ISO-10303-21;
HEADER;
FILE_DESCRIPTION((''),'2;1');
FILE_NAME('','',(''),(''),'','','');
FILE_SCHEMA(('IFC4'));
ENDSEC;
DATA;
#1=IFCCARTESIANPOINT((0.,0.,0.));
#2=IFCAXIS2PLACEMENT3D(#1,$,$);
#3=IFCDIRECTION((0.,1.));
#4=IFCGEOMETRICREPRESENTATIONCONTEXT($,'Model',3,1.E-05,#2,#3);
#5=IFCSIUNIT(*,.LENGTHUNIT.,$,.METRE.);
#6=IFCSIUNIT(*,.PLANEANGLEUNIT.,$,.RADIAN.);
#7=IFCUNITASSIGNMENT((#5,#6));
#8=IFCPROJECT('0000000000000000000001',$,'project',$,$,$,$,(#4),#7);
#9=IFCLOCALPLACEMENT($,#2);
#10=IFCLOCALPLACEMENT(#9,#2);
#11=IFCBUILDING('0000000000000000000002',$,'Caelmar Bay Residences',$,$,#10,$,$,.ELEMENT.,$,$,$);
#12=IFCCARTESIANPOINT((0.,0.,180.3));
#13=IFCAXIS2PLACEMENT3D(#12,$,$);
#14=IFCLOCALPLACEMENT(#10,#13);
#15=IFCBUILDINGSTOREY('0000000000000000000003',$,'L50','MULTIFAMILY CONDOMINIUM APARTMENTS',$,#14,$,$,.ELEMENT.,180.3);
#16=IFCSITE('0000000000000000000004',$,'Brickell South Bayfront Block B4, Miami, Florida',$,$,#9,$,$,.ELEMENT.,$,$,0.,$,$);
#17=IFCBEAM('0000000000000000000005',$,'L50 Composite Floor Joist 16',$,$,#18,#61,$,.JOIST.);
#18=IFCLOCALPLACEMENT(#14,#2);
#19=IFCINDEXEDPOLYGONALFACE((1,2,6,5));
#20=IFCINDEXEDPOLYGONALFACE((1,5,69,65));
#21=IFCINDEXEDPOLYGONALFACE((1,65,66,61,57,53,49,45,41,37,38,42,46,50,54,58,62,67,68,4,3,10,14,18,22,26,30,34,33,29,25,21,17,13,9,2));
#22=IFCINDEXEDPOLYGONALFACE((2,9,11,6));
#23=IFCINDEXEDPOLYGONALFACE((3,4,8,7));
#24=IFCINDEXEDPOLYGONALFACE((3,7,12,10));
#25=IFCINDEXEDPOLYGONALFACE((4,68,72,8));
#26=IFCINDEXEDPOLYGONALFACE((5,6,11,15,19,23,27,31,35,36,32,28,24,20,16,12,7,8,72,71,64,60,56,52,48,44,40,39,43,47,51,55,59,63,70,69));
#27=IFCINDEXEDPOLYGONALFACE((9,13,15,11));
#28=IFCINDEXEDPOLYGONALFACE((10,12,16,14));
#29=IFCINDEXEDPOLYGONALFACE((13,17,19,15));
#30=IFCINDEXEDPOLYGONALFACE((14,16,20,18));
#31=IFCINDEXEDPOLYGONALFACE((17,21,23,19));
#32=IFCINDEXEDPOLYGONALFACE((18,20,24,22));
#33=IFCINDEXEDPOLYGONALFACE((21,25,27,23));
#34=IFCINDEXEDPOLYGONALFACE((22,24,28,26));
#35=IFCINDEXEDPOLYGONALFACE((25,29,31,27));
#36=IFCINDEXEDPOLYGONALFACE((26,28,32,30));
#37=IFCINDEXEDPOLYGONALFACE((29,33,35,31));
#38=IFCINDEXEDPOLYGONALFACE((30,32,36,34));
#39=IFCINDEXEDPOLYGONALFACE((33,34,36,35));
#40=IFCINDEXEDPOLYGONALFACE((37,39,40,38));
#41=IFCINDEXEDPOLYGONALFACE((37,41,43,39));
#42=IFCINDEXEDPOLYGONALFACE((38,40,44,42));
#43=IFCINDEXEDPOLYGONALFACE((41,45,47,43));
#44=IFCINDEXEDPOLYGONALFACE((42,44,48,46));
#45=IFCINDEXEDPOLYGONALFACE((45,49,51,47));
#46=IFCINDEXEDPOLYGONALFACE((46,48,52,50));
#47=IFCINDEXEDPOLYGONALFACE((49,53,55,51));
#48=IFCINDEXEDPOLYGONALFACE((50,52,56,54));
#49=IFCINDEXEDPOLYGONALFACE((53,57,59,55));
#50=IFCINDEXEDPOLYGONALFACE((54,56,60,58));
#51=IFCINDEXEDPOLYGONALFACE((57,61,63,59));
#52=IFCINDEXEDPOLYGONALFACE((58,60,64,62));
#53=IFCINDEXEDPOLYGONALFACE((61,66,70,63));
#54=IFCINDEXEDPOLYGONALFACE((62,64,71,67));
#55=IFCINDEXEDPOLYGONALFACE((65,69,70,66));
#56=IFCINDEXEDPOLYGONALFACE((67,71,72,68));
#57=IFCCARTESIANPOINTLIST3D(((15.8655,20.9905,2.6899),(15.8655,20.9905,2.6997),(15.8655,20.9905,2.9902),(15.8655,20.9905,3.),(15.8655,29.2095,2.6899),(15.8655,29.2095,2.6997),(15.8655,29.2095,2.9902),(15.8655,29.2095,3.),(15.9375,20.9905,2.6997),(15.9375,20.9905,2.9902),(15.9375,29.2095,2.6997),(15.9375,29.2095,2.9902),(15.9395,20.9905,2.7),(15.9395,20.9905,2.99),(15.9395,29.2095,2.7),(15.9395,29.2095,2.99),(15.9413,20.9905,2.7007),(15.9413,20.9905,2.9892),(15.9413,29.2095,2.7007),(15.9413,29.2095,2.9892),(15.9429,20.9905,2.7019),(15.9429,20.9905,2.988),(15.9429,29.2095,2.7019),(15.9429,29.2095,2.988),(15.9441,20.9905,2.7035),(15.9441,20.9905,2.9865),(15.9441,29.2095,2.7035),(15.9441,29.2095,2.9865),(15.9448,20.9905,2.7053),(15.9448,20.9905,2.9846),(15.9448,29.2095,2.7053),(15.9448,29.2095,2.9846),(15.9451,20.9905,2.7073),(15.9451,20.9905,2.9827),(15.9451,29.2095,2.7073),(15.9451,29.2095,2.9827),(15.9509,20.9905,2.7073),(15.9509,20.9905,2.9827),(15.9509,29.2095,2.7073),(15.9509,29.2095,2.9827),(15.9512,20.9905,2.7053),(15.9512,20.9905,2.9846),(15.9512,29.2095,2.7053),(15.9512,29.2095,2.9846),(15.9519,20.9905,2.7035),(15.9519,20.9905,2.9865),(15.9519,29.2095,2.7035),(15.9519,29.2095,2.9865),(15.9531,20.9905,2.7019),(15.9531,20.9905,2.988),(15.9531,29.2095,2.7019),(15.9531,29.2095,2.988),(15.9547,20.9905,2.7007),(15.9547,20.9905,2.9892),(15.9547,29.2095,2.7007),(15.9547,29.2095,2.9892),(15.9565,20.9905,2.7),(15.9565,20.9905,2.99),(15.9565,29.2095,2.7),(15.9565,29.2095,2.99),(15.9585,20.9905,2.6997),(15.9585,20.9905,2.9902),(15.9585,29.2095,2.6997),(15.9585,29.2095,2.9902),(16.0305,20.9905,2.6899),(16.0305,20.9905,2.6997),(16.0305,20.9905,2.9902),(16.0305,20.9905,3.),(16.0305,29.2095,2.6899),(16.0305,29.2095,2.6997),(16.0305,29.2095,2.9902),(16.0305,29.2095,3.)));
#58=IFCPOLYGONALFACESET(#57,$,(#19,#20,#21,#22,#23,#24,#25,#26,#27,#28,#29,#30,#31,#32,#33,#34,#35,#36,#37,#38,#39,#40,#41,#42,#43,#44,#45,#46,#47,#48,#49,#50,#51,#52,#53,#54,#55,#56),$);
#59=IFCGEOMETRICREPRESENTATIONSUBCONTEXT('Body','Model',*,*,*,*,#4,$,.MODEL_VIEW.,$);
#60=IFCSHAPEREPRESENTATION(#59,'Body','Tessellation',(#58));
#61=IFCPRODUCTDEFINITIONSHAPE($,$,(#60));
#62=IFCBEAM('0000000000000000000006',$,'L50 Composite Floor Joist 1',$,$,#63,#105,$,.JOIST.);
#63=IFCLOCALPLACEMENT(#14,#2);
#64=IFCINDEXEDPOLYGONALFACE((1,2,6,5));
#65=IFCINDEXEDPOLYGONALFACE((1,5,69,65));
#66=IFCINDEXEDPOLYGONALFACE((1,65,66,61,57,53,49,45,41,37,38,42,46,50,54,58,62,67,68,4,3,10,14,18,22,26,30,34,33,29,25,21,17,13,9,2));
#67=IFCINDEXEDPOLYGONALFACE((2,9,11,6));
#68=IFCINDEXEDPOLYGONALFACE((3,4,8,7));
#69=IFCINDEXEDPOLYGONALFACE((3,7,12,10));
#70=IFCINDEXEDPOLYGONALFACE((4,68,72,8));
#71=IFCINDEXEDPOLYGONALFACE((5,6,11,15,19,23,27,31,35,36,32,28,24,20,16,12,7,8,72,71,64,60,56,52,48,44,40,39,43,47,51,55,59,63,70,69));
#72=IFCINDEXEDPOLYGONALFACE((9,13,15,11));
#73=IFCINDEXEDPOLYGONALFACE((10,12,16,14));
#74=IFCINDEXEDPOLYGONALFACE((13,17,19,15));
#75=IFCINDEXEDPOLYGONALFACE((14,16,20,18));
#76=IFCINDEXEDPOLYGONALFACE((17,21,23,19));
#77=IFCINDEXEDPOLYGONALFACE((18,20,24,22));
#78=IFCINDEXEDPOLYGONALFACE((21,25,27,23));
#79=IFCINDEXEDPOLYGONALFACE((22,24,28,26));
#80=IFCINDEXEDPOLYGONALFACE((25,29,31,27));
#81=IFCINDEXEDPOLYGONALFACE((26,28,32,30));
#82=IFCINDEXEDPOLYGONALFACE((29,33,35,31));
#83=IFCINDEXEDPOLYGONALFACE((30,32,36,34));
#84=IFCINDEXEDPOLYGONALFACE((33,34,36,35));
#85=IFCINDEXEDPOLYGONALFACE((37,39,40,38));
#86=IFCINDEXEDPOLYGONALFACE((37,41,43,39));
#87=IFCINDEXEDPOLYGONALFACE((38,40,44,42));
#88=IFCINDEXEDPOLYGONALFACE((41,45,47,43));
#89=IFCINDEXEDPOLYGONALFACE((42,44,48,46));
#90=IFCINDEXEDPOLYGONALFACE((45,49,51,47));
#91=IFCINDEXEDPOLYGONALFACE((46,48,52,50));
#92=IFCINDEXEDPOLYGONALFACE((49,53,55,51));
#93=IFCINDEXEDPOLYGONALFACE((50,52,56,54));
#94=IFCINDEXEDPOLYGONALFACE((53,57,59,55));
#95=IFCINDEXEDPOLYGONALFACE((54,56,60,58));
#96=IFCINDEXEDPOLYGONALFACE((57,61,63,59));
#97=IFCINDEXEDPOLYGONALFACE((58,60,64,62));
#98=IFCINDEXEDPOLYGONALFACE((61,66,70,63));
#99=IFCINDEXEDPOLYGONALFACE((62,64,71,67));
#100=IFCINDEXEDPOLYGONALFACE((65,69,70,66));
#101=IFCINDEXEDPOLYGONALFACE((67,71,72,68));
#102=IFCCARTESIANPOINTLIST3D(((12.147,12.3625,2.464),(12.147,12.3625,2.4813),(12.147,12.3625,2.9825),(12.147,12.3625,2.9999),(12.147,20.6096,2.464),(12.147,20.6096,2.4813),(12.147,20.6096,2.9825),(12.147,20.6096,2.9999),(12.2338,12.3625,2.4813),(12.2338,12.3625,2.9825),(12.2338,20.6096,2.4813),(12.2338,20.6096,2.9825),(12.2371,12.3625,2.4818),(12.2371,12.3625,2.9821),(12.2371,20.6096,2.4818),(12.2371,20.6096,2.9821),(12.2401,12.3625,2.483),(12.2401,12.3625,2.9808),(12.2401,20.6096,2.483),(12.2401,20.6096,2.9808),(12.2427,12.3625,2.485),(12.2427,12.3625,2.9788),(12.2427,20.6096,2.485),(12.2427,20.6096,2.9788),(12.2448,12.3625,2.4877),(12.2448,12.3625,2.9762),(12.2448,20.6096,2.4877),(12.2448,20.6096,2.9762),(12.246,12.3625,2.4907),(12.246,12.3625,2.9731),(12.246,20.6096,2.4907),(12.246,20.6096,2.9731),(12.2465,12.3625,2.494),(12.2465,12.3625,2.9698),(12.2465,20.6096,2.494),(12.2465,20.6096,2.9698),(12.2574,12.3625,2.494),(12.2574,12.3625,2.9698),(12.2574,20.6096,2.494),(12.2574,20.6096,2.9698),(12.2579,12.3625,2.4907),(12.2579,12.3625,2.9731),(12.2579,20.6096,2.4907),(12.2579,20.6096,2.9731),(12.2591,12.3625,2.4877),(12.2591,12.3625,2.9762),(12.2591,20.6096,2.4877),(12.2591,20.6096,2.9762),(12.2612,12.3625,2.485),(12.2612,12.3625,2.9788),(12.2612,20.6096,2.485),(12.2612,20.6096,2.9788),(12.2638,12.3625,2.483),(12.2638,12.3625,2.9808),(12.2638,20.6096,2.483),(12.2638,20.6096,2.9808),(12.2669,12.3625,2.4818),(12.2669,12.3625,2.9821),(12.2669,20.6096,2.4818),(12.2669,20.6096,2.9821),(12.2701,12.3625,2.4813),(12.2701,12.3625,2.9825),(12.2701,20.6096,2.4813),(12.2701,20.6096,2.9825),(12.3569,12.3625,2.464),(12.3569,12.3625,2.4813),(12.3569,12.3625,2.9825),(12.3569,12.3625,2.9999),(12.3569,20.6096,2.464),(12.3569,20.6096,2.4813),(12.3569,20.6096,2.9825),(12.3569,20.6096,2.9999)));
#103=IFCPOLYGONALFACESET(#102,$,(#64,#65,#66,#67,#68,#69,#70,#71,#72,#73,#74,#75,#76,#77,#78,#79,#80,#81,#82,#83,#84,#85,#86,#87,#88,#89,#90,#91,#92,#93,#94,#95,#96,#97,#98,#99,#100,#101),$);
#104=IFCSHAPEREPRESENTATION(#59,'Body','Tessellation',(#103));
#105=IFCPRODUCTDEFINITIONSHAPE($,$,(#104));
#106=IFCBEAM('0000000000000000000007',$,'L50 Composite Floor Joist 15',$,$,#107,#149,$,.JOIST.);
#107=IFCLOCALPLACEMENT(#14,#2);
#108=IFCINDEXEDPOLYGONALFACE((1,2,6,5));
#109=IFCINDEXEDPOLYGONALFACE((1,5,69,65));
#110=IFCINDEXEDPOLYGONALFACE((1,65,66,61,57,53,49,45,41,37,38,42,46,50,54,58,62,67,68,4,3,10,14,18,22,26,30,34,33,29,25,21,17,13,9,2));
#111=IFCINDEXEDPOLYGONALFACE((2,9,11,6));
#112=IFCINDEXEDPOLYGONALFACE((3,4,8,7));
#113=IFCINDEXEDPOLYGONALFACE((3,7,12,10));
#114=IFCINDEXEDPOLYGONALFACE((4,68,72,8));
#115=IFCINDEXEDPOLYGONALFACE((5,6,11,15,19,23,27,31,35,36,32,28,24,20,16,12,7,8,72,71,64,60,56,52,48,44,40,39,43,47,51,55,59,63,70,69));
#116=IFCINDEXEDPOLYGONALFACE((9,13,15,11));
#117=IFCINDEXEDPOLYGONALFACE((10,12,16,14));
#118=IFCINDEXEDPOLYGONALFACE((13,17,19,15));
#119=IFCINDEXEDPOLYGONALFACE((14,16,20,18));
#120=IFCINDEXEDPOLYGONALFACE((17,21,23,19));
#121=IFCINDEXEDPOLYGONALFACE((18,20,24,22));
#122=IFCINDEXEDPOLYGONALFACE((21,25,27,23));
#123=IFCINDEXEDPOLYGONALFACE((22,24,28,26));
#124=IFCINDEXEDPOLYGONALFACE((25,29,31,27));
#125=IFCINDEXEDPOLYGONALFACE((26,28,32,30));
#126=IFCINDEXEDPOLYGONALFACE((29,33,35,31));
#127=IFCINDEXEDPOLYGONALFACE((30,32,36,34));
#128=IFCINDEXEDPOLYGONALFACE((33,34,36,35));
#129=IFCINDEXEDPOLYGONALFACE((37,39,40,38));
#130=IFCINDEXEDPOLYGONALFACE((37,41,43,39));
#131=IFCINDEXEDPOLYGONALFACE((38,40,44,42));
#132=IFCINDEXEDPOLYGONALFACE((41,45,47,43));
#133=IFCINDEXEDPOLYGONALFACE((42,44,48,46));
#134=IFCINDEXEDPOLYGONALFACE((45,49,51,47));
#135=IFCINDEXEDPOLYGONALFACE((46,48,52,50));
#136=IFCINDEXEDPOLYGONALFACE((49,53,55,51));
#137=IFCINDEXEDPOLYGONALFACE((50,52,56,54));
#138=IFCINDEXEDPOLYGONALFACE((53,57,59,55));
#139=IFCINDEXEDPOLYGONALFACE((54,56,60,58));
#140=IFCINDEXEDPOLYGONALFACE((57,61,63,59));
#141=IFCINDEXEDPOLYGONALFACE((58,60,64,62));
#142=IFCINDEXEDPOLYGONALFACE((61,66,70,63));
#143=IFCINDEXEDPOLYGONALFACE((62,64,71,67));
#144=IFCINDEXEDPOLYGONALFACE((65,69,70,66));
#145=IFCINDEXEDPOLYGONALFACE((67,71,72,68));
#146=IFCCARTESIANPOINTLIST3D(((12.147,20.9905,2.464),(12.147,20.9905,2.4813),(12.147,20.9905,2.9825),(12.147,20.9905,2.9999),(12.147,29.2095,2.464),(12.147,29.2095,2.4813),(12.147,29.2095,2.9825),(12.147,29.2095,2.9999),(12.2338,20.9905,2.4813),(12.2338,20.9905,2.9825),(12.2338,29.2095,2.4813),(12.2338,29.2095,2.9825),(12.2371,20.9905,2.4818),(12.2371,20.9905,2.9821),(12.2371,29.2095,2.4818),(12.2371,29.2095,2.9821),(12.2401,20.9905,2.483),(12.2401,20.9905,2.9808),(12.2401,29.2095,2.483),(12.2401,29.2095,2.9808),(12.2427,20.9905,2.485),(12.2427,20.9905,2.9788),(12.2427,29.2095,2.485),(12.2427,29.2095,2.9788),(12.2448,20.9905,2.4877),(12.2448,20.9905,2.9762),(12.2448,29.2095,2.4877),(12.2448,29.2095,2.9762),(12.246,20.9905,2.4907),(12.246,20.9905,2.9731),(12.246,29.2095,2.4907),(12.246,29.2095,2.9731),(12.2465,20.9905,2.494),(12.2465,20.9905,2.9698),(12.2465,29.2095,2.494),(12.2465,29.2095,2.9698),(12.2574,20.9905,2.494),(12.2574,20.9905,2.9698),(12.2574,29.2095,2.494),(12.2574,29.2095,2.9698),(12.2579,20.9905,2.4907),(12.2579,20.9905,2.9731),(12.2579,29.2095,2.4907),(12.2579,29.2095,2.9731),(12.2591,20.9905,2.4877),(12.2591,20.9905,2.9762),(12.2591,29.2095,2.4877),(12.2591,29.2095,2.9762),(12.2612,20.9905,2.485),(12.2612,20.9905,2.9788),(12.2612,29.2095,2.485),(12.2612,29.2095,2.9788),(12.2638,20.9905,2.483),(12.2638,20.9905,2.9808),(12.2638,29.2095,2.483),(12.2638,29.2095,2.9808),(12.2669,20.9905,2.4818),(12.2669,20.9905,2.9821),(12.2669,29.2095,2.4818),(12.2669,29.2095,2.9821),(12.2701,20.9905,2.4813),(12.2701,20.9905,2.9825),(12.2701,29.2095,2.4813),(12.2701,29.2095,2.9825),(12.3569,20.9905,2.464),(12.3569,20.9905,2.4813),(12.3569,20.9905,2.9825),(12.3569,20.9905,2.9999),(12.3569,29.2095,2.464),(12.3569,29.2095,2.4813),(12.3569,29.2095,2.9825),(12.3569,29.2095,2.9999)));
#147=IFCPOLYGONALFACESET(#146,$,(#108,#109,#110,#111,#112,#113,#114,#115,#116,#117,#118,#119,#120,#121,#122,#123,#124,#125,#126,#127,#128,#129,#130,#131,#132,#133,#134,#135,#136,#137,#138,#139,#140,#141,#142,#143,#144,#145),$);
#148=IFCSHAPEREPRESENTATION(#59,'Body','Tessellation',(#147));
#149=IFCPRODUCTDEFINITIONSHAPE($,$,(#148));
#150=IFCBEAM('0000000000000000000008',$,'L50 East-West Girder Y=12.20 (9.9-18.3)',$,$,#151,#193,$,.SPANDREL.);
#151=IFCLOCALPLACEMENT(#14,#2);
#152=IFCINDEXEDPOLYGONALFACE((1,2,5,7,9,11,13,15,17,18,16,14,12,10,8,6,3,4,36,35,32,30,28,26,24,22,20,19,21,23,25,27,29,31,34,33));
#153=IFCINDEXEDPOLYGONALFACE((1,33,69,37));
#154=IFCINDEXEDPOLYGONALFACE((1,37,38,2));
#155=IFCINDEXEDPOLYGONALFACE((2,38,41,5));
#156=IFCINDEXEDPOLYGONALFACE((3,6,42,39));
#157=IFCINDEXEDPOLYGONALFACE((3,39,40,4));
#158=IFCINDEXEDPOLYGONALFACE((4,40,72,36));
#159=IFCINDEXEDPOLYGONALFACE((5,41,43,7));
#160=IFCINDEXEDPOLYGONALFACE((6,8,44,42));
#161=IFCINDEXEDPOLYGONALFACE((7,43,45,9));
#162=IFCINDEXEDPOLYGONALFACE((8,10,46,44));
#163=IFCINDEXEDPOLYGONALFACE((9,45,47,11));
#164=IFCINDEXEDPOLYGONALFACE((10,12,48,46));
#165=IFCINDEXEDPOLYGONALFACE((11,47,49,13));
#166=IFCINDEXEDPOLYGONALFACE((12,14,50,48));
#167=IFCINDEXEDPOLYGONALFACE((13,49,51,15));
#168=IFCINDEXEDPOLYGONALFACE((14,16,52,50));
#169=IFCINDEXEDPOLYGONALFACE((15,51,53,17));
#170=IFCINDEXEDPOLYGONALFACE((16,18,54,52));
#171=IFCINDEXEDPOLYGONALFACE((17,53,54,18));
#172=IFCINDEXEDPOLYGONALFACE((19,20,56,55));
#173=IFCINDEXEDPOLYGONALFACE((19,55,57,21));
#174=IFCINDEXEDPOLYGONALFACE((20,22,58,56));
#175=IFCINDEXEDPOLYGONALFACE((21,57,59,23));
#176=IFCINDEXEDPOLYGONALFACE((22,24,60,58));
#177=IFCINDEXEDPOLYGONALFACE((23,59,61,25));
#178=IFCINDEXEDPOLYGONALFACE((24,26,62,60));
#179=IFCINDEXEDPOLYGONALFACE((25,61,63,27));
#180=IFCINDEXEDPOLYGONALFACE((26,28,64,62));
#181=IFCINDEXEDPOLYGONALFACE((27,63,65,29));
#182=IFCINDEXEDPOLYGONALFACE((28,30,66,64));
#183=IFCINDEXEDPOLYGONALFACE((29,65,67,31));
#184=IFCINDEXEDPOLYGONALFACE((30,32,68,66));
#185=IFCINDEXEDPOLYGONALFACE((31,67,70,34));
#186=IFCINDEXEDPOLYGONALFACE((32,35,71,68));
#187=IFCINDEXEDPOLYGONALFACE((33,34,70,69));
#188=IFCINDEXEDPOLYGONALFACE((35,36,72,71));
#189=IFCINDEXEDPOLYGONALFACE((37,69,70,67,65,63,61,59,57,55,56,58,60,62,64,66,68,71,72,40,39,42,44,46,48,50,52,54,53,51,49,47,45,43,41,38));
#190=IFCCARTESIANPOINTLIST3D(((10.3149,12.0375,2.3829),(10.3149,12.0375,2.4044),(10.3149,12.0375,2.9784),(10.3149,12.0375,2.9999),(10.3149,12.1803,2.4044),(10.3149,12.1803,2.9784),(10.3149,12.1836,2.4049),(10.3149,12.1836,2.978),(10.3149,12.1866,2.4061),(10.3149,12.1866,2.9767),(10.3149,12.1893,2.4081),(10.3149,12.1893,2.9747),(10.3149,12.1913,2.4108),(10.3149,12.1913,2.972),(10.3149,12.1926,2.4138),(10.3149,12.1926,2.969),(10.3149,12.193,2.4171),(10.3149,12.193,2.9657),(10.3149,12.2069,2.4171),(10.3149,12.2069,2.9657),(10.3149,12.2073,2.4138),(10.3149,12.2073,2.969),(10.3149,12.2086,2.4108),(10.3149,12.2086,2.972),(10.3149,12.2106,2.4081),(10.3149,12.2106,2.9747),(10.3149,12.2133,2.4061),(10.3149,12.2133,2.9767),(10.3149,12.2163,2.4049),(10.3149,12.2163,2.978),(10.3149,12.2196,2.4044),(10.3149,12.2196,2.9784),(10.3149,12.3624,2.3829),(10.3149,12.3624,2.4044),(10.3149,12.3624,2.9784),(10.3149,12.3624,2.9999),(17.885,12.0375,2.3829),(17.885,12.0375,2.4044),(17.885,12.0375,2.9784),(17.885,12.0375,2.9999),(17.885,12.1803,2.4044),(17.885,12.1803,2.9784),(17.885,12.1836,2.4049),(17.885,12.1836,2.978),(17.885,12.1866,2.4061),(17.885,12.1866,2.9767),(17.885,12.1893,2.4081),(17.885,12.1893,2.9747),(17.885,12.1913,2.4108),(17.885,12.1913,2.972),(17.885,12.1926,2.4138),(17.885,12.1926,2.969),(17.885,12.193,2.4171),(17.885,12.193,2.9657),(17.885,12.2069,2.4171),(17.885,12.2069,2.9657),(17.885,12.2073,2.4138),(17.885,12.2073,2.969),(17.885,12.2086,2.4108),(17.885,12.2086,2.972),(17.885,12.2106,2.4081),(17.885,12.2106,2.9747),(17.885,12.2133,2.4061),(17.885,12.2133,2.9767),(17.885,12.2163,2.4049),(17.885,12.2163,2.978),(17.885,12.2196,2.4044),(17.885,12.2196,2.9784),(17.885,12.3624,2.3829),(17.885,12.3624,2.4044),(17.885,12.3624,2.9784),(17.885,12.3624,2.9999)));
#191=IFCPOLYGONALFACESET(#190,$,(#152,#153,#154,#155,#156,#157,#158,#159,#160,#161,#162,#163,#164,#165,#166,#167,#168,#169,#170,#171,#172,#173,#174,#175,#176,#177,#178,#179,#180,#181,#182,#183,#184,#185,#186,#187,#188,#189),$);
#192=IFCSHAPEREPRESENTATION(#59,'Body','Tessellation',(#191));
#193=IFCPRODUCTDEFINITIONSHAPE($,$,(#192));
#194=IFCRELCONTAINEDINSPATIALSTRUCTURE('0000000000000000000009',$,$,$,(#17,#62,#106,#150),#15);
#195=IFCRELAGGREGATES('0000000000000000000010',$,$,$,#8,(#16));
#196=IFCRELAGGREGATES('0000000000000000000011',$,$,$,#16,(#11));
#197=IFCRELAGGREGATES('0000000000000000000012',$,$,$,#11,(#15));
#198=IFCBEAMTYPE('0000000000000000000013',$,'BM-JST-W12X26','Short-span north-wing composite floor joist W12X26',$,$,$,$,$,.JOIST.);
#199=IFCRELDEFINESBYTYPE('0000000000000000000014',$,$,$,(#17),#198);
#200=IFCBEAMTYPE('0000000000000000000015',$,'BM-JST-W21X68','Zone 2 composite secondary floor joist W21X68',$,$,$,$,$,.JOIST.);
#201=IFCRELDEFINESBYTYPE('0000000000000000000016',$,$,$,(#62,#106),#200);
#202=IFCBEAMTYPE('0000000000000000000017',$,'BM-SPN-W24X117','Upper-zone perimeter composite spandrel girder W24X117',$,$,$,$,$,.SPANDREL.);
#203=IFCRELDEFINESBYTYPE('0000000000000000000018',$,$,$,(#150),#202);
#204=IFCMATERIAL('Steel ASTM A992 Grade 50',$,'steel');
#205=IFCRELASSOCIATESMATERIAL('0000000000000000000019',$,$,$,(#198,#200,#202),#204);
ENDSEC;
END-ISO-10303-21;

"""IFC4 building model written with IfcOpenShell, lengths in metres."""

from ifc_helpers import new_model, si_unit, direction, frame, origin, origin_2d, place, context, subcontext, project, spatial, i_section, extrude, material, material_profile, profile_set, type_object, element, save


model = new_model("IFC4")

# Units and contexts
model_context = context("Model", 3, precision=1e-05, world=origin(), true_north=direction((0.0, 1.0)))
body_context = subcontext(model_context, "Body", "Model", "MODEL_VIEW")
ifc_project = project(units=[si_unit("LENGTHUNIT", "METRE"), si_unit("PLANEANGLEUNIT", "RADIAN")], contexts=[model_context])

# Site, building, storey
site_placement = place(None, origin())
site = spatial("IfcSite", under=ifc_project, at=site_placement, Name="Brickell South Bayfront Block B4, Miami, Florida", CompositionType="ELEMENT", RefElevation=0.0)
building_placement = place(site_placement, origin())
building = spatial("IfcBuilding", under=site, at=building_placement, Name="Caelmar Bay Residences", CompositionType="ELEMENT")
storey_placement = place(building_placement, frame((0.0, 0.0, 180.3)))
storey = spatial("IfcBuildingStorey", under=building, at=storey_placement, Name="L50", Description="MULTIFAMILY CONDOMINIUM APARTMENTS", CompositionType="ELEMENT", Elevation=180.3)

# Beams
ifc_material_1 = material(Name="Steel ASTM A992 Grade 50", Category="steel")
ifc_material_profile_1 = material_profile(ifc_material_1, i_section(OverallWidth=0.165, OverallDepth=0.3101, WebThickness=0.0059, FlangeThickness=0.0098, FilletRadius=0.0076, at=origin_2d()), Name="W12X26")
ifc_profile_set_1 = profile_set([ifc_material_profile_1], Name="Steel ASTM A992 Grade 50")
beam_type_1 = type_object("IfcBeamType", Name="BM-JST-W12X26", Description="Short-span north-wing composite floor joist W12X26", PredefinedType="JOIST", material=ifc_profile_set_1)
beam_1_placement = place(storey_placement, frame((15.948, 20.9905, 2.845), z_axis=(0.0, 1.0, 0.0), x_axis=(-1.0, 0.0, 0.0)))
element("IfcBeam", 1, at=beam_1_placement, inside=storey, type_object=beam_type_1, Name="L50 Composite Floor Joist 16", PredefinedType="JOIST", context=body_context, shape_type="SweptSolid", body=[
    extrude(i_section(OverallWidth=0.165, OverallDepth=0.3101, WebThickness=0.0059, FlangeThickness=0.0098, FilletRadius=0.0076, at=origin_2d()), origin(), (0.0, 0.0, 1.0), 8.219),
])
ifc_material_profile_2 = material_profile(ifc_material_1, i_section(OverallWidth=0.21, OverallDepth=0.5359, WebThickness=0.011, FlangeThickness=0.0173, FilletRadius=0.0127, at=origin_2d()), Name="W21X68")
ifc_profile_set_2 = profile_set([ifc_material_profile_2], Name="Steel ASTM A992 Grade 50")
beam_type_2 = type_object("IfcBeamType", Name="BM-JST-W21X68", Description="Zone 2 composite secondary floor joist W21X68", PredefinedType="JOIST", material=ifc_profile_set_2)
beam_2_placement = place(storey_placement, frame((12.252, 12.3625, 2.7319), z_axis=(0.0, 1.0, 0.0), x_axis=(-1.0, 0.0, 0.0)))
element("IfcBeam", 2, at=beam_2_placement, inside=storey, type_object=beam_type_2, Name="L50 Composite Floor Joist 1", PredefinedType="JOIST", context=body_context, shape_type="SweptSolid", body=[
    extrude(i_section(OverallWidth=0.21, OverallDepth=0.5359, WebThickness=0.011, FlangeThickness=0.0173, FilletRadius=0.0127, at=origin_2d()), origin(), (0.0, 0.0, 1.0), 8.2471),
])
beam_3_placement = place(storey_placement, frame((12.252, 20.9905, 2.7319), z_axis=(0.0, 1.0, 0.0), x_axis=(-1.0, 0.0, 0.0)))
element("IfcBeam", 3, at=beam_3_placement, inside=storey, type_object=beam_type_2, Name="L50 Composite Floor Joist 15", PredefinedType="JOIST", context=body_context, shape_type="SweptSolid", body=[
    extrude(i_section(OverallWidth=0.21, OverallDepth=0.5359, WebThickness=0.011, FlangeThickness=0.0173, FilletRadius=0.0127, at=origin_2d()), origin(), (0.0, 0.0, 1.0), 8.219),
])
ifc_material_profile_3 = material_profile(ifc_material_1, i_section(OverallWidth=0.325, OverallDepth=0.6169, WebThickness=0.0139, FlangeThickness=0.0215, FilletRadius=0.0127, at=origin_2d()), Name="W24X117")
ifc_profile_set_3 = profile_set([ifc_material_profile_3], Name="Steel ASTM A992 Grade 50")
beam_type_3 = type_object("IfcBeamType", Name="BM-SPN-W24X117", Description="Upper-zone perimeter composite spandrel girder W24X117", PredefinedType="SPANDREL", material=ifc_profile_set_3)
beam_4_placement = place(storey_placement, frame((10.3149, 12.2, 2.6914), z_axis=(1.0, 0.0, 0.0), x_axis=(0.0, 1.0, 0.0)))
element("IfcBeam", 4, at=beam_4_placement, inside=storey, type_object=beam_type_3, Name="L50 East-West Girder Y=12.20 (9.9-18.3)", PredefinedType="SPANDREL", context=body_context, shape_type="SweptSolid", body=[
    extrude(i_section(OverallWidth=0.325, OverallDepth=0.6169, WebThickness=0.0139, FlangeThickness=0.0215, FilletRadius=0.0127, at=origin_2d()), origin(), (0.0, 0.0, 1.0), 7.5701),
])

save(model, "model.ifc")
